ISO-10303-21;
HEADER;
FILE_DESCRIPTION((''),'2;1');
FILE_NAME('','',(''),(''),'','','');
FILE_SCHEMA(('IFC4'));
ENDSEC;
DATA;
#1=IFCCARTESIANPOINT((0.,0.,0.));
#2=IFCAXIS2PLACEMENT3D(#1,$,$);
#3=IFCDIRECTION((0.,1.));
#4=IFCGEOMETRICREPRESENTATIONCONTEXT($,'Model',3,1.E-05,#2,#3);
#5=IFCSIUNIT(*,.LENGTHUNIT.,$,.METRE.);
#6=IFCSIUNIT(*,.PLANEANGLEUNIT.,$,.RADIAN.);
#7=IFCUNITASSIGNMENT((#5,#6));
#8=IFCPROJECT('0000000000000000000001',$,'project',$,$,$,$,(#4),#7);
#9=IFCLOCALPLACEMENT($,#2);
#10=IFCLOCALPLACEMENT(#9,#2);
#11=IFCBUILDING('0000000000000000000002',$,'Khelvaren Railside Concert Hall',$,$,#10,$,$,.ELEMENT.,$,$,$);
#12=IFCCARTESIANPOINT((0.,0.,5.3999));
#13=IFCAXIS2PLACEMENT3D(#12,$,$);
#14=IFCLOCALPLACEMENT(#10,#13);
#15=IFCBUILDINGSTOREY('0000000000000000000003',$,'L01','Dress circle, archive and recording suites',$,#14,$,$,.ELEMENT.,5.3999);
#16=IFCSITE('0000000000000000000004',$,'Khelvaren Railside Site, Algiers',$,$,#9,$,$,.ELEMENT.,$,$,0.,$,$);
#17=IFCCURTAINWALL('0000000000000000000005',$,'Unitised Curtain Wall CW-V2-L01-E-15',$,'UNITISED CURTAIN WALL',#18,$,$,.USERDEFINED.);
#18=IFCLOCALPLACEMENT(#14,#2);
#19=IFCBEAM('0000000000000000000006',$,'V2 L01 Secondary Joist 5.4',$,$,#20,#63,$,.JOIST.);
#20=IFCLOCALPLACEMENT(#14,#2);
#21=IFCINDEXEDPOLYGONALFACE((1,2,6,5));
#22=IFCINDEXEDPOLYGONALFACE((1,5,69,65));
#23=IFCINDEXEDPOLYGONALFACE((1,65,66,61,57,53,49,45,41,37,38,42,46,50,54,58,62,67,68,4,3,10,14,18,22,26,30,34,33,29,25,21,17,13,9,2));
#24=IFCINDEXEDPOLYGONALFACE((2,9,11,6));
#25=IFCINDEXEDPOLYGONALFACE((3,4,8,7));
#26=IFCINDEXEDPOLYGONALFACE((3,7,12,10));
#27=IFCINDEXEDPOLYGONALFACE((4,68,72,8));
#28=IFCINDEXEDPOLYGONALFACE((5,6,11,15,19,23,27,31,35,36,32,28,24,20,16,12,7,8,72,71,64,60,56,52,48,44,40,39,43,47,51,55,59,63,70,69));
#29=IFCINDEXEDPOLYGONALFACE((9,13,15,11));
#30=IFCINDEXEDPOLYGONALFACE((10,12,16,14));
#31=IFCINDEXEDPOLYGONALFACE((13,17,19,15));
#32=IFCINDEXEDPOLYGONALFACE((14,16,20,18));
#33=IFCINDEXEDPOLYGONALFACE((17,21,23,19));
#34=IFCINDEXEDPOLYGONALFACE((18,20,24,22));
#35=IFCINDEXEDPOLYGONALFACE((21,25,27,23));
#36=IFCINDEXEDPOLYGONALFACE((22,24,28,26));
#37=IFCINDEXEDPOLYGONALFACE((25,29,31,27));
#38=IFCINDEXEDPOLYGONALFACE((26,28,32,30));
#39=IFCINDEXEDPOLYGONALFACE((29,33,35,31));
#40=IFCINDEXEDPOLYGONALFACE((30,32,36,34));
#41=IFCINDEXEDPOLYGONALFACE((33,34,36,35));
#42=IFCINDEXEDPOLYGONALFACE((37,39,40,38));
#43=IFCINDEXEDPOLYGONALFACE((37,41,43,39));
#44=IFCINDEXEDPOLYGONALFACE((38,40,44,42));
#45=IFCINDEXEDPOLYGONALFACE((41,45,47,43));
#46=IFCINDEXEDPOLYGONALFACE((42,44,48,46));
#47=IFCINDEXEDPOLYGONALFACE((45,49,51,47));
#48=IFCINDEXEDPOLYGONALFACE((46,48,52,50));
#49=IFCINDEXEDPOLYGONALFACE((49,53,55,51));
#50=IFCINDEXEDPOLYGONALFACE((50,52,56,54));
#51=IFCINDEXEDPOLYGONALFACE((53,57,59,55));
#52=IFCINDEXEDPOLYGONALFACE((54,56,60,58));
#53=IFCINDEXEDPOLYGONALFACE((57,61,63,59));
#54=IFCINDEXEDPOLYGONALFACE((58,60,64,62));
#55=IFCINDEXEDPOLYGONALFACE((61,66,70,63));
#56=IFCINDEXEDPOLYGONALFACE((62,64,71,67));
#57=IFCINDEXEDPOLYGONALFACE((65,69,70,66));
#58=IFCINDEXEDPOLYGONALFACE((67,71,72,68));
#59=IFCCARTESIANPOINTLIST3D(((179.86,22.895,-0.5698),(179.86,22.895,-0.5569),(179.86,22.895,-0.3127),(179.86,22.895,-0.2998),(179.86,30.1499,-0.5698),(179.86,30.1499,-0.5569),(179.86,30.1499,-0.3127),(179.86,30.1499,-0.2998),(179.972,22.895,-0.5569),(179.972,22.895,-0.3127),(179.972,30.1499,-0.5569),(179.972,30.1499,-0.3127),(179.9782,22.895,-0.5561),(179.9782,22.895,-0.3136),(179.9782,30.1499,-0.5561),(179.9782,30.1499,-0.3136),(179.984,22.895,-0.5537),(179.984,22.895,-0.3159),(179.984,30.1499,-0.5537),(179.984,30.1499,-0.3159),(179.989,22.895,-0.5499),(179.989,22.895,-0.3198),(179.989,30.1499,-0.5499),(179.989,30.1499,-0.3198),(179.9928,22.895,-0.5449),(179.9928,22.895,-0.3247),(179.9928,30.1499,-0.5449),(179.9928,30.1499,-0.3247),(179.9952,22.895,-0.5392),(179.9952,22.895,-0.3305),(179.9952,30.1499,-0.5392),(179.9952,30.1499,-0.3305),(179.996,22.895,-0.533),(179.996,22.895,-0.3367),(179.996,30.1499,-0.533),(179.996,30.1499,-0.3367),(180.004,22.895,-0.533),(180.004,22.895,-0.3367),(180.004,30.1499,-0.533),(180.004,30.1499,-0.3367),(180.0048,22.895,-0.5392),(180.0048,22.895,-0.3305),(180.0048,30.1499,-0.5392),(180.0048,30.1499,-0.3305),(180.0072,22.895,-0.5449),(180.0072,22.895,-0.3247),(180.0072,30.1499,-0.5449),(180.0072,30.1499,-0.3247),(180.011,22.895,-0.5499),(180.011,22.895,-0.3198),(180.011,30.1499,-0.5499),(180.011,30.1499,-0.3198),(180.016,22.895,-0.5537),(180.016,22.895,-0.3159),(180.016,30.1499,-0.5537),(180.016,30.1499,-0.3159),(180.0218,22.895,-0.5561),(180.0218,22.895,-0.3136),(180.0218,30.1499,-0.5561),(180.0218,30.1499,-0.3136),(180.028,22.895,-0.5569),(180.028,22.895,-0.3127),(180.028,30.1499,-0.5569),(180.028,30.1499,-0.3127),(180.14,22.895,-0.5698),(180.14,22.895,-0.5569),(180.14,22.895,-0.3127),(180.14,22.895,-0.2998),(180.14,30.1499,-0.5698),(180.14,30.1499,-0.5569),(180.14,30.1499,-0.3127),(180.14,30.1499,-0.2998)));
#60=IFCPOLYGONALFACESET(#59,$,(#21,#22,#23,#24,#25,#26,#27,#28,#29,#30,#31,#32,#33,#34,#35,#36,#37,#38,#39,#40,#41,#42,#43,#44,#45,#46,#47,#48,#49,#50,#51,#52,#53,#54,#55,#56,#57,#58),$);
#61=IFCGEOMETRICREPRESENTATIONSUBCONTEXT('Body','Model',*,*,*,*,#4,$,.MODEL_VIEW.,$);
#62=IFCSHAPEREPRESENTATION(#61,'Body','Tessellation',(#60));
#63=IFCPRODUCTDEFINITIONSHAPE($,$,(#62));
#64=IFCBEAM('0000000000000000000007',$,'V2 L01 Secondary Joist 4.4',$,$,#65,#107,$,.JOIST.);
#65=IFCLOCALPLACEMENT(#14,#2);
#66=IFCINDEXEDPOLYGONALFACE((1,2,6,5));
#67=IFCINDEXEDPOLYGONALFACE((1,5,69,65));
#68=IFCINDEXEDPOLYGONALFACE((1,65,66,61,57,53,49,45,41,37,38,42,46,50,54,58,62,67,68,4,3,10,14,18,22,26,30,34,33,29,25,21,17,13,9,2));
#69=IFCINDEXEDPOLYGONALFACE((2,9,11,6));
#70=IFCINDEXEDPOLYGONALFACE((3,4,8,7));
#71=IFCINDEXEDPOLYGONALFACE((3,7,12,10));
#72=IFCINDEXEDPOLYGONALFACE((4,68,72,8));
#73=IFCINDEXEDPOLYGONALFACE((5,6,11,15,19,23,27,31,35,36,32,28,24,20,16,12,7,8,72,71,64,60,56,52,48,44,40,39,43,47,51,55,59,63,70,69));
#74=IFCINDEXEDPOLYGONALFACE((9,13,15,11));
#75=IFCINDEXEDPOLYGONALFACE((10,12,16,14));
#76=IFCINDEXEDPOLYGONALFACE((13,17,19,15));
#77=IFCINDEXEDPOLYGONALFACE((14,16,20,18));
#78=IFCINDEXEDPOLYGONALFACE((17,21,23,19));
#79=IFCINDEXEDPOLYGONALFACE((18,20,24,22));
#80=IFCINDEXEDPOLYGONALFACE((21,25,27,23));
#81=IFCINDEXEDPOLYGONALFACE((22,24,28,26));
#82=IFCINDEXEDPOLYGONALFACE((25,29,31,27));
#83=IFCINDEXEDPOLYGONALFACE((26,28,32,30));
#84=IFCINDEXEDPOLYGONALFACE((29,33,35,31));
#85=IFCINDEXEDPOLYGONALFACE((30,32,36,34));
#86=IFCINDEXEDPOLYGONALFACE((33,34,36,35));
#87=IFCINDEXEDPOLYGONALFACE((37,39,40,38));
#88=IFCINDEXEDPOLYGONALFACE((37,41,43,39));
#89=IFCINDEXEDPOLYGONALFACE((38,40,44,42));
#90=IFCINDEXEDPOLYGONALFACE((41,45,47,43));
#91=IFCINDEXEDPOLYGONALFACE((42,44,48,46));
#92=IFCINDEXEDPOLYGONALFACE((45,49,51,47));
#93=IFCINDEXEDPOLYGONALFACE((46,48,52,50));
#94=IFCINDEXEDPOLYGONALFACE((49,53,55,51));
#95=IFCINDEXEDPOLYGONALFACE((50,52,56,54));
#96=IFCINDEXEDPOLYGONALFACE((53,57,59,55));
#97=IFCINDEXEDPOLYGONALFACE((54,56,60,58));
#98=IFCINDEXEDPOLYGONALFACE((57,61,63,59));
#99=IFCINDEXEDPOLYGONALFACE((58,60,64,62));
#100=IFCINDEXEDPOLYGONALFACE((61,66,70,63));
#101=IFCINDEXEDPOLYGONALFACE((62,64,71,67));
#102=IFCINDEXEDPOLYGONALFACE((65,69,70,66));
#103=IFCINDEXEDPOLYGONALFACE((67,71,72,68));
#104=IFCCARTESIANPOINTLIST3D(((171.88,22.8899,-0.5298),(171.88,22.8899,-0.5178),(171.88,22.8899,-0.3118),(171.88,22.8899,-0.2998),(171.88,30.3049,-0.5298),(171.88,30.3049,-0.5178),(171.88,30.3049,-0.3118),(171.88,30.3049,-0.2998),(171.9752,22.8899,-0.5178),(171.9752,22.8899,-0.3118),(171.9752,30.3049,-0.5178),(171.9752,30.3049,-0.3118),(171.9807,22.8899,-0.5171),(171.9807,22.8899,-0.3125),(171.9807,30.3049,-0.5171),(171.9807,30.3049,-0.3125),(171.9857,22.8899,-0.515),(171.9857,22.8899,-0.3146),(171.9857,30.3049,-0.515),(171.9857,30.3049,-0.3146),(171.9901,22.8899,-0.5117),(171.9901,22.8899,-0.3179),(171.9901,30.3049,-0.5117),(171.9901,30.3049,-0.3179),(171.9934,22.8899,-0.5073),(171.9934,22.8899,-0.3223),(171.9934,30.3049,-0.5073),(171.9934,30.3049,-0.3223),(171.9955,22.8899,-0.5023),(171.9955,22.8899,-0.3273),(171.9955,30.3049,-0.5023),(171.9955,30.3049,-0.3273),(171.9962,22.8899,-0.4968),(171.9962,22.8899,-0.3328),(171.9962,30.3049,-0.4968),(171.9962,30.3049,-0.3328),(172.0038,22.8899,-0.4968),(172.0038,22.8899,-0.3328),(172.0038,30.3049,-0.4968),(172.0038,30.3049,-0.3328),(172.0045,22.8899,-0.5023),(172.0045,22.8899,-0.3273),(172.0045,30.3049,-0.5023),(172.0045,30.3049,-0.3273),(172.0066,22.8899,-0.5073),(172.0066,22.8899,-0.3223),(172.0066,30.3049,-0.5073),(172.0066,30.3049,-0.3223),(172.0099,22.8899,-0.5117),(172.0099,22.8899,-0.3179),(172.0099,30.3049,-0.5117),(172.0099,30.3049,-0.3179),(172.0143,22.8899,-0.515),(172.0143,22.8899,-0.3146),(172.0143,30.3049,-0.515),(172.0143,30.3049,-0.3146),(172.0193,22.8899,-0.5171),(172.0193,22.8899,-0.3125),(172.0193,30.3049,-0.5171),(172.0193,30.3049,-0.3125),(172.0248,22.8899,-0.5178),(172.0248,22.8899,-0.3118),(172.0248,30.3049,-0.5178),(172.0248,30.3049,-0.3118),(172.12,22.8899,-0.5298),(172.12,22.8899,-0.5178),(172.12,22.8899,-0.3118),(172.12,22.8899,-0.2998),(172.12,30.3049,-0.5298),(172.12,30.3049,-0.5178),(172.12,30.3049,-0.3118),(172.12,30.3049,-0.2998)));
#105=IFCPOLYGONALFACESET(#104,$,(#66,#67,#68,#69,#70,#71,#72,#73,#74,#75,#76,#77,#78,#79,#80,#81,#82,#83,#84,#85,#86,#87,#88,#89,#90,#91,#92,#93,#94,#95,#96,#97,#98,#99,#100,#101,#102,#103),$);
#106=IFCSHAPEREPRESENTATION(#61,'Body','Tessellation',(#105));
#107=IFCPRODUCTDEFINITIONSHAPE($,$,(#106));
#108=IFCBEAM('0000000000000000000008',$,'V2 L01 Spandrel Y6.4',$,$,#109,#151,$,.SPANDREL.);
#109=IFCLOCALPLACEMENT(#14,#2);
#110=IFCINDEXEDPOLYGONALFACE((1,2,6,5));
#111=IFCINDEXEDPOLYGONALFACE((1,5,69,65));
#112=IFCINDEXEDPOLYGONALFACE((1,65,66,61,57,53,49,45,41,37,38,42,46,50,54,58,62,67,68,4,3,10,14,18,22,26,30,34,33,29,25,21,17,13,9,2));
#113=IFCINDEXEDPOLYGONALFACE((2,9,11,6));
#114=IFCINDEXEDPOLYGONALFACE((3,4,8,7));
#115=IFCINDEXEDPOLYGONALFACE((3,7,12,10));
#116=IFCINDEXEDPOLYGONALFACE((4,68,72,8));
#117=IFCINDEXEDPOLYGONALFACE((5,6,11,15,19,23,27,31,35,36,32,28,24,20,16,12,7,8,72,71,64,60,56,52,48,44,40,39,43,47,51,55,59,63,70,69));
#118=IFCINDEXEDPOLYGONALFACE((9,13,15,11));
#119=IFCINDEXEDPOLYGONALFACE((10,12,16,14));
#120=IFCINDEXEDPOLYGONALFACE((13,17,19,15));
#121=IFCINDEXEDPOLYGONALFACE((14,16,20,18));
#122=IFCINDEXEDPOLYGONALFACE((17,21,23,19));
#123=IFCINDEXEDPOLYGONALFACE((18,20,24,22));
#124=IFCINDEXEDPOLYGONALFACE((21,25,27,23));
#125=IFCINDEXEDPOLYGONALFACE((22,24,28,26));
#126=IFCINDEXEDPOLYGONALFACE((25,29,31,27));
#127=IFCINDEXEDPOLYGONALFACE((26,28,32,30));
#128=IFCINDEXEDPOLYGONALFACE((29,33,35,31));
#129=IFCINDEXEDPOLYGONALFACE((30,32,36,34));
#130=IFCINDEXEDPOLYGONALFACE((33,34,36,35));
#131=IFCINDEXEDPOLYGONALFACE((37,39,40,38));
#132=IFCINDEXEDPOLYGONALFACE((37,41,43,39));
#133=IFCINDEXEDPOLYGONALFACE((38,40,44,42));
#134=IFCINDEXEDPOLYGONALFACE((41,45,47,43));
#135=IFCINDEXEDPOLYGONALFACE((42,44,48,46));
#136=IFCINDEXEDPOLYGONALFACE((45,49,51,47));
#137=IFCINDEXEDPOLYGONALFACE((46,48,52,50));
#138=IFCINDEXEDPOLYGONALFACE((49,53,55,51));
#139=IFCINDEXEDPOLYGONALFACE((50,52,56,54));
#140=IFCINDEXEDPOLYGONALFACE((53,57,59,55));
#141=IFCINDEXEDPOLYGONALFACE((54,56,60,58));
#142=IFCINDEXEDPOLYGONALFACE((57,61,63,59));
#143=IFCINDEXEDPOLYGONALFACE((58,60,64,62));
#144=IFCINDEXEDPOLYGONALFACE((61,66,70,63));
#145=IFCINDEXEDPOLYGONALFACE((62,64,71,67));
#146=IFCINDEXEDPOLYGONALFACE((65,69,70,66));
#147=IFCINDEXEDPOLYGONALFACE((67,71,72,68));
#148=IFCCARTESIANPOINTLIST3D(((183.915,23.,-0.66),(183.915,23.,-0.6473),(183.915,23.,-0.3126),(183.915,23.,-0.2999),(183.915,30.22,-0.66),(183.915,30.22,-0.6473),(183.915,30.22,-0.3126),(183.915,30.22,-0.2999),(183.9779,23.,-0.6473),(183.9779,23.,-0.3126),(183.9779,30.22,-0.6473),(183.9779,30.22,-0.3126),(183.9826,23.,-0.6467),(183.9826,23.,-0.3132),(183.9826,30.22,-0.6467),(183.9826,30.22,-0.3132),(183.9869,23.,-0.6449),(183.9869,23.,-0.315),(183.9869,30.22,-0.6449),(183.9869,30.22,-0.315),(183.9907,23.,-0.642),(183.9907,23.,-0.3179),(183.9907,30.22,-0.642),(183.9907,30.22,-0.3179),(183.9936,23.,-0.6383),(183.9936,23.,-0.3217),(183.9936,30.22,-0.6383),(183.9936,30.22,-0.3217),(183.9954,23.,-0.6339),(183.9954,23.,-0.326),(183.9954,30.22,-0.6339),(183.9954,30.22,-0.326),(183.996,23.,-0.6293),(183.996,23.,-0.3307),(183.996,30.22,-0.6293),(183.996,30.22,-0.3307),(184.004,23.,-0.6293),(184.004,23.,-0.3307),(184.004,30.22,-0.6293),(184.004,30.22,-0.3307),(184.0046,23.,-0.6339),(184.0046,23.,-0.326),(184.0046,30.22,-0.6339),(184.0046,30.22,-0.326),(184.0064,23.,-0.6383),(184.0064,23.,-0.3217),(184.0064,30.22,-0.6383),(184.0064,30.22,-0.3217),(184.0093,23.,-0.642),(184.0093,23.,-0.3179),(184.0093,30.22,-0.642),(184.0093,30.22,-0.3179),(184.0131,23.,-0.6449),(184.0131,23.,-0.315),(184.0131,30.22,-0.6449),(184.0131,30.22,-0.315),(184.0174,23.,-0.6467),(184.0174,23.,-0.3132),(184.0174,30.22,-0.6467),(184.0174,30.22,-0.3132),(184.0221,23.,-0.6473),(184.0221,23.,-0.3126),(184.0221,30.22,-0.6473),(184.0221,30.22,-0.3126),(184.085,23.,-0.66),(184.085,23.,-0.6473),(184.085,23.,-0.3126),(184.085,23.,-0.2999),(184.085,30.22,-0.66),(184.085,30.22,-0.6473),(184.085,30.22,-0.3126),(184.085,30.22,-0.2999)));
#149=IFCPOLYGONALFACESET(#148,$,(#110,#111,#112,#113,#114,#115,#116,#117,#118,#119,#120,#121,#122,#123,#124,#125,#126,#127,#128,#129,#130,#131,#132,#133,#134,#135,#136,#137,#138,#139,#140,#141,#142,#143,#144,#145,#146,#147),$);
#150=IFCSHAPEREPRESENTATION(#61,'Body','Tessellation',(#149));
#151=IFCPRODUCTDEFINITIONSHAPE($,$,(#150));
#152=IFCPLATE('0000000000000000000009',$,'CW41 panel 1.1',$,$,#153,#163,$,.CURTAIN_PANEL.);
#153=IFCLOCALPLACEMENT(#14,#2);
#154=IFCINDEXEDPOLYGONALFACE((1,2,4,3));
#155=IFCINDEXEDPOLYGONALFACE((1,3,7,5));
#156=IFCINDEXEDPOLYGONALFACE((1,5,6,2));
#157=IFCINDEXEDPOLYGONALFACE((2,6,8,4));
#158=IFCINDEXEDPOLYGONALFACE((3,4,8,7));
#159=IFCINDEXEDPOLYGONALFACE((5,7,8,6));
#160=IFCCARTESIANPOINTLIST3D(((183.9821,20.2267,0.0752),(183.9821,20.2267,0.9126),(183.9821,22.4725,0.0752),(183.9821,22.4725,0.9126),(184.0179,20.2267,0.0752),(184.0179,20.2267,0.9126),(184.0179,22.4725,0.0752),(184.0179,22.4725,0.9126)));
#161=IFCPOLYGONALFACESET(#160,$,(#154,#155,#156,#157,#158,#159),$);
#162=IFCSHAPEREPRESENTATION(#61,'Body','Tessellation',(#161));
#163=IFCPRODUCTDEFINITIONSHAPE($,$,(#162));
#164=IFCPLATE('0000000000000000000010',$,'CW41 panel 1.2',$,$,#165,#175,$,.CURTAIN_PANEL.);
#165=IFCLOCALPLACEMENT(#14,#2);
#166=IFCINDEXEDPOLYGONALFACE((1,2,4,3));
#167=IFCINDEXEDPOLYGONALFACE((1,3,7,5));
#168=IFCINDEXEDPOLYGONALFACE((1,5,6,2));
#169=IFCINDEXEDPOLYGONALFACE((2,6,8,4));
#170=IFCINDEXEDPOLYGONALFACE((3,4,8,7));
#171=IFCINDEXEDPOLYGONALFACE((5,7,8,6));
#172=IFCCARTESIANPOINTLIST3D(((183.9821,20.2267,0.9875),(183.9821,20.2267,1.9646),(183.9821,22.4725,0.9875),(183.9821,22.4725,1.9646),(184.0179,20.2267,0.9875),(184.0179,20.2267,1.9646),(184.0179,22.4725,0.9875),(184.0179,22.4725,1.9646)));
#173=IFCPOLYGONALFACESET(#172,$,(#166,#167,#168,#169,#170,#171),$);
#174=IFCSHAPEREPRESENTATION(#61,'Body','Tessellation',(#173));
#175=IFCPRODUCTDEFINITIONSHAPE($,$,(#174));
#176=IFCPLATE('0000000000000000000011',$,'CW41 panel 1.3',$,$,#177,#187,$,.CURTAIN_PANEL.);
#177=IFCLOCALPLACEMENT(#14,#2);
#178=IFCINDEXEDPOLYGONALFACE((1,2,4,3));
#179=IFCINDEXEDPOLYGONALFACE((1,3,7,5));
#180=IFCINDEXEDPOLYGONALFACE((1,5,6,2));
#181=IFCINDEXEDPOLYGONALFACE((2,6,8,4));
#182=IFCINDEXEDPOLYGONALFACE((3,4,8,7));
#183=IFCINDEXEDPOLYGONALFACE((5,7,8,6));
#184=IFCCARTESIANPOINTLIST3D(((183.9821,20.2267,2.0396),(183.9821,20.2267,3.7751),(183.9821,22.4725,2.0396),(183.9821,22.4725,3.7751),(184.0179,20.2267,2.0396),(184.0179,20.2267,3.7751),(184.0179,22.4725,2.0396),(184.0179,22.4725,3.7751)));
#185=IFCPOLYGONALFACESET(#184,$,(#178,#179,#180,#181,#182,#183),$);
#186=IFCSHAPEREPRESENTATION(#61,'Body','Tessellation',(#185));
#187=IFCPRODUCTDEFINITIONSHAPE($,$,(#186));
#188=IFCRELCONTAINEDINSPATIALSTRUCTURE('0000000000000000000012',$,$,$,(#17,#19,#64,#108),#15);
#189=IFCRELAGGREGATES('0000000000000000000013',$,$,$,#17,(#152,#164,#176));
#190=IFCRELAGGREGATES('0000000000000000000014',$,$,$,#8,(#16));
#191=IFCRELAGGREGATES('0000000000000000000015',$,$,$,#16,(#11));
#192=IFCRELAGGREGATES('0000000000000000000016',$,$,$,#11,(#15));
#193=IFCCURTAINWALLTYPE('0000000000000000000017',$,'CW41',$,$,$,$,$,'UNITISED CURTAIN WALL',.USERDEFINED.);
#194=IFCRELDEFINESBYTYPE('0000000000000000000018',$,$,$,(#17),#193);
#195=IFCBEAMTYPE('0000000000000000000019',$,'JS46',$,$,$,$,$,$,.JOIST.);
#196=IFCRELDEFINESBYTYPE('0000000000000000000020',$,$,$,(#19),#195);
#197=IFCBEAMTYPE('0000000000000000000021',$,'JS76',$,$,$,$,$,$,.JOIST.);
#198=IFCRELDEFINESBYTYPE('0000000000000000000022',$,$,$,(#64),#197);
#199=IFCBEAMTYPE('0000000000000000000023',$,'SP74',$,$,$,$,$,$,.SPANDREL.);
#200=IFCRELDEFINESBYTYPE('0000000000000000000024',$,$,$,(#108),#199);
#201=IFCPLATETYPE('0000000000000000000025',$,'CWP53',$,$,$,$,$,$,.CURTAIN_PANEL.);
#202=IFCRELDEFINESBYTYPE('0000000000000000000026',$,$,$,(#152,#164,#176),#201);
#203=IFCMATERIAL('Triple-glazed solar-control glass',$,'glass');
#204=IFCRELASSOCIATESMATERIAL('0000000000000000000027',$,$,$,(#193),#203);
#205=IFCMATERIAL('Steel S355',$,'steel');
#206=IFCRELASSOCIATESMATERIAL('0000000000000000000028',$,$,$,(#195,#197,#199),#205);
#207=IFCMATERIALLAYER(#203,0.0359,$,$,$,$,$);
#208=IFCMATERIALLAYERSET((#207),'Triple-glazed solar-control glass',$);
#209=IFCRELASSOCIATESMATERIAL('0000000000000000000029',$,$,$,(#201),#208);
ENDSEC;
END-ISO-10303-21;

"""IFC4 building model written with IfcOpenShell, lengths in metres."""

from ifc_helpers import new_model, si_unit, direction, frame, origin, origin_2d, place, context, subcontext, project, spatial, rectangle, i_section, extrude, material, layer, layer_set, material_profile, profile_set, type_object, element, aggregate, save


model = new_model("IFC4")

# Units and contexts
model_context = context("Model", 3, precision=1e-05, world=origin(), true_north=direction((0.0, 1.0)))
body_context = subcontext(model_context, "Body", "Model", "MODEL_VIEW")
ifc_project = project(units=[si_unit("LENGTHUNIT", "METRE"), si_unit("PLANEANGLEUNIT", "RADIAN")], contexts=[model_context])

# Site, building, storey
site_placement = place(None, origin())
site = spatial("IfcSite", under=ifc_project, at=site_placement, Name="Khelvaren Railside Site, Algiers", CompositionType="ELEMENT", RefElevation=0.0)
building_placement = place(site_placement, origin())
building = spatial("IfcBuilding", under=site, at=building_placement, Name="Khelvaren Railside Concert Hall", CompositionType="ELEMENT")
storey_placement = place(building_placement, frame((0.0, 0.0, 5.3999)))
storey = spatial("IfcBuildingStorey", under=building, at=storey_placement, Name="L01", Description="Dress circle, archive and recording suites", CompositionType="ELEMENT", Elevation=5.3999)

# Shared definitions
ifc_material_1 = material(Name="Steel S355", Category="steel")

# Curtain wall
ifc_material_2 = material(Name="Triple-glazed solar-control glass", Category="glass")
curtain_wall_type = type_object("IfcCurtainWallType", Name="CW41", ElementType="UNITISED CURTAIN WALL", PredefinedType="USERDEFINED", material=ifc_material_2)
curtain_wall_placement = place(storey_placement, origin())
curtain_wall = element("IfcCurtainWall", 1, at=curtain_wall_placement, inside=storey, type_object=curtain_wall_type, Name="Unitised Curtain Wall CW-V2-L01-E-15", ObjectType="UNITISED CURTAIN WALL", PredefinedType="USERDEFINED")

# Beams
ifc_material_profile_1 = material_profile(ifc_material_1, i_section(OverallWidth=0.28, OverallDepth=0.27, WebThickness=0.0081, FlangeThickness=0.0129, FilletRadius=0.0239, at=origin_2d()), Name="HEA 280")
ifc_profile_set_1 = profile_set([ifc_material_profile_1], Name="Steel S355")
beam_type_1 = type_object("IfcBeamType", Name="JS46", PredefinedType="JOIST", material=ifc_profile_set_1)
beam_1_placement = place(storey_placement, frame((180.0, 22.895, -0.4348), z_axis=(0.0, 1.0, 0.0), x_axis=(-1.0, 0.0, 0.0)))
element("IfcBeam", 2, at=beam_1_placement, inside=storey, type_object=beam_type_1, Name="V2 L01 Secondary Joist 5.4", PredefinedType="JOIST", context=body_context, shape_type="SweptSolid", body=[
    extrude(i_section(OverallWidth=0.28, OverallDepth=0.27, WebThickness=0.0081, FlangeThickness=0.0129, FilletRadius=0.0239, at=origin_2d()), origin(), (0.0, 0.0, 1.0), 7.2549),
])
ifc_material_profile_2 = material_profile(ifc_material_1, i_section(OverallWidth=0.24, OverallDepth=0.23, WebThickness=0.0076, FlangeThickness=0.012, FilletRadius=0.021, at=origin_2d()), Name="HEA 240")
ifc_profile_set_2 = profile_set([ifc_material_profile_2], Name="Steel S355")
beam_type_2 = type_object("IfcBeamType", Name="JS76", PredefinedType="JOIST", material=ifc_profile_set_2)
beam_2_placement = place(storey_placement, frame((172.0, 22.8899, -0.4148), z_axis=(0.0, 1.0, 0.0), x_axis=(-1.0, 0.0, 0.0)))
element("IfcBeam", 3, at=beam_2_placement, inside=storey, type_object=beam_type_2, Name="V2 L01 Secondary Joist 4.4", PredefinedType="JOIST", context=body_context, shape_type="SweptSolid", body=[
    extrude(i_section(OverallWidth=0.24, OverallDepth=0.23, WebThickness=0.0076, FlangeThickness=0.012, FilletRadius=0.021, at=origin_2d()), origin(), (0.0, 0.0, 1.0), 7.415),
])
ifc_material_profile_3 = material_profile(ifc_material_1, i_section(OverallWidth=0.1699, OverallDepth=0.3601, WebThickness=0.0081, FlangeThickness=0.0127, FilletRadius=0.0181, at=origin_2d()), Name="IPE 360")
ifc_profile_set_3 = profile_set([ifc_material_profile_3], Name="Steel S355")
beam_type_3 = type_object("IfcBeamType", Name="SP74", PredefinedType="SPANDREL", material=ifc_profile_set_3)
beam_3_placement = place(storey_placement, frame((184.0, 23.0, -0.48), z_axis=(0.0, 1.0, 0.0), x_axis=(-1.0, 0.0, 0.0)))
element("IfcBeam", 4, at=beam_3_placement, inside=storey, type_object=beam_type_3, Name="V2 L01 Spandrel Y6.4", PredefinedType="SPANDREL", context=body_context, shape_type="SweptSolid", body=[
    extrude(i_section(OverallWidth=0.1699, OverallDepth=0.3601, WebThickness=0.0081, FlangeThickness=0.0127, FilletRadius=0.0181, at=origin_2d()), origin(), (0.0, 0.0, 1.0), 7.22),
])

# Plates
ifc_layer_1 = layer(ifc_material_2, 0.0359)
ifc_layer_set_1 = layer_set([ifc_layer_1], Name="Triple-glazed solar-control glass")
plate_type = type_object("IfcPlateType", Name="CWP53", PredefinedType="CURTAIN_PANEL", material=ifc_layer_set_1)
plate_1_placement = place(storey_placement, frame((184.0, 21.3496, 0.0752), z_axis=(0.0, 0.0, 1.0), x_axis=(0.0, -1.0, 0.0)))
plate_1 = element("IfcPlate", 5, at=plate_1_placement, type_object=plate_type, Name="CW41 panel 1.1", PredefinedType="CURTAIN_PANEL", context=body_context, shape_type="SweptSolid", body=[
    extrude(rectangle(XDim=2.2458, YDim=0.0359, at=origin_2d()), origin(), (0.0, 0.0, 1.0), 0.8374),
])
plate_2_placement = place(storey_placement, frame((184.0, 21.3496, 0.9875), z_axis=(0.0, 0.0, 1.0), x_axis=(0.0, -1.0, 0.0)))
plate_2 = element("IfcPlate", 6, at=plate_2_placement, type_object=plate_type, Name="CW41 panel 1.2", PredefinedType="CURTAIN_PANEL", context=body_context, shape_type="SweptSolid", body=[
    extrude(rectangle(XDim=2.2458, YDim=0.0359, at=origin_2d()), origin(), (0.0, 0.0, 1.0), 0.9771),
])
plate_3_placement = place(storey_placement, frame((184.0, 21.3496, 2.0396), z_axis=(0.0, 0.0, 1.0), x_axis=(0.0, -1.0, 0.0)))
plate_3 = element("IfcPlate", 7, at=plate_3_placement, type_object=plate_type, Name="CW41 panel 1.3", PredefinedType="CURTAIN_PANEL", context=body_context, shape_type="SweptSolid", body=[
    extrude(rectangle(XDim=2.2458, YDim=0.0359, at=origin_2d()), origin(), (0.0, 0.0, 1.0), 1.7356),
])
aggregate(curtain_wall, [plate_1, plate_2, plate_3])

save(model, "model.ifc")
